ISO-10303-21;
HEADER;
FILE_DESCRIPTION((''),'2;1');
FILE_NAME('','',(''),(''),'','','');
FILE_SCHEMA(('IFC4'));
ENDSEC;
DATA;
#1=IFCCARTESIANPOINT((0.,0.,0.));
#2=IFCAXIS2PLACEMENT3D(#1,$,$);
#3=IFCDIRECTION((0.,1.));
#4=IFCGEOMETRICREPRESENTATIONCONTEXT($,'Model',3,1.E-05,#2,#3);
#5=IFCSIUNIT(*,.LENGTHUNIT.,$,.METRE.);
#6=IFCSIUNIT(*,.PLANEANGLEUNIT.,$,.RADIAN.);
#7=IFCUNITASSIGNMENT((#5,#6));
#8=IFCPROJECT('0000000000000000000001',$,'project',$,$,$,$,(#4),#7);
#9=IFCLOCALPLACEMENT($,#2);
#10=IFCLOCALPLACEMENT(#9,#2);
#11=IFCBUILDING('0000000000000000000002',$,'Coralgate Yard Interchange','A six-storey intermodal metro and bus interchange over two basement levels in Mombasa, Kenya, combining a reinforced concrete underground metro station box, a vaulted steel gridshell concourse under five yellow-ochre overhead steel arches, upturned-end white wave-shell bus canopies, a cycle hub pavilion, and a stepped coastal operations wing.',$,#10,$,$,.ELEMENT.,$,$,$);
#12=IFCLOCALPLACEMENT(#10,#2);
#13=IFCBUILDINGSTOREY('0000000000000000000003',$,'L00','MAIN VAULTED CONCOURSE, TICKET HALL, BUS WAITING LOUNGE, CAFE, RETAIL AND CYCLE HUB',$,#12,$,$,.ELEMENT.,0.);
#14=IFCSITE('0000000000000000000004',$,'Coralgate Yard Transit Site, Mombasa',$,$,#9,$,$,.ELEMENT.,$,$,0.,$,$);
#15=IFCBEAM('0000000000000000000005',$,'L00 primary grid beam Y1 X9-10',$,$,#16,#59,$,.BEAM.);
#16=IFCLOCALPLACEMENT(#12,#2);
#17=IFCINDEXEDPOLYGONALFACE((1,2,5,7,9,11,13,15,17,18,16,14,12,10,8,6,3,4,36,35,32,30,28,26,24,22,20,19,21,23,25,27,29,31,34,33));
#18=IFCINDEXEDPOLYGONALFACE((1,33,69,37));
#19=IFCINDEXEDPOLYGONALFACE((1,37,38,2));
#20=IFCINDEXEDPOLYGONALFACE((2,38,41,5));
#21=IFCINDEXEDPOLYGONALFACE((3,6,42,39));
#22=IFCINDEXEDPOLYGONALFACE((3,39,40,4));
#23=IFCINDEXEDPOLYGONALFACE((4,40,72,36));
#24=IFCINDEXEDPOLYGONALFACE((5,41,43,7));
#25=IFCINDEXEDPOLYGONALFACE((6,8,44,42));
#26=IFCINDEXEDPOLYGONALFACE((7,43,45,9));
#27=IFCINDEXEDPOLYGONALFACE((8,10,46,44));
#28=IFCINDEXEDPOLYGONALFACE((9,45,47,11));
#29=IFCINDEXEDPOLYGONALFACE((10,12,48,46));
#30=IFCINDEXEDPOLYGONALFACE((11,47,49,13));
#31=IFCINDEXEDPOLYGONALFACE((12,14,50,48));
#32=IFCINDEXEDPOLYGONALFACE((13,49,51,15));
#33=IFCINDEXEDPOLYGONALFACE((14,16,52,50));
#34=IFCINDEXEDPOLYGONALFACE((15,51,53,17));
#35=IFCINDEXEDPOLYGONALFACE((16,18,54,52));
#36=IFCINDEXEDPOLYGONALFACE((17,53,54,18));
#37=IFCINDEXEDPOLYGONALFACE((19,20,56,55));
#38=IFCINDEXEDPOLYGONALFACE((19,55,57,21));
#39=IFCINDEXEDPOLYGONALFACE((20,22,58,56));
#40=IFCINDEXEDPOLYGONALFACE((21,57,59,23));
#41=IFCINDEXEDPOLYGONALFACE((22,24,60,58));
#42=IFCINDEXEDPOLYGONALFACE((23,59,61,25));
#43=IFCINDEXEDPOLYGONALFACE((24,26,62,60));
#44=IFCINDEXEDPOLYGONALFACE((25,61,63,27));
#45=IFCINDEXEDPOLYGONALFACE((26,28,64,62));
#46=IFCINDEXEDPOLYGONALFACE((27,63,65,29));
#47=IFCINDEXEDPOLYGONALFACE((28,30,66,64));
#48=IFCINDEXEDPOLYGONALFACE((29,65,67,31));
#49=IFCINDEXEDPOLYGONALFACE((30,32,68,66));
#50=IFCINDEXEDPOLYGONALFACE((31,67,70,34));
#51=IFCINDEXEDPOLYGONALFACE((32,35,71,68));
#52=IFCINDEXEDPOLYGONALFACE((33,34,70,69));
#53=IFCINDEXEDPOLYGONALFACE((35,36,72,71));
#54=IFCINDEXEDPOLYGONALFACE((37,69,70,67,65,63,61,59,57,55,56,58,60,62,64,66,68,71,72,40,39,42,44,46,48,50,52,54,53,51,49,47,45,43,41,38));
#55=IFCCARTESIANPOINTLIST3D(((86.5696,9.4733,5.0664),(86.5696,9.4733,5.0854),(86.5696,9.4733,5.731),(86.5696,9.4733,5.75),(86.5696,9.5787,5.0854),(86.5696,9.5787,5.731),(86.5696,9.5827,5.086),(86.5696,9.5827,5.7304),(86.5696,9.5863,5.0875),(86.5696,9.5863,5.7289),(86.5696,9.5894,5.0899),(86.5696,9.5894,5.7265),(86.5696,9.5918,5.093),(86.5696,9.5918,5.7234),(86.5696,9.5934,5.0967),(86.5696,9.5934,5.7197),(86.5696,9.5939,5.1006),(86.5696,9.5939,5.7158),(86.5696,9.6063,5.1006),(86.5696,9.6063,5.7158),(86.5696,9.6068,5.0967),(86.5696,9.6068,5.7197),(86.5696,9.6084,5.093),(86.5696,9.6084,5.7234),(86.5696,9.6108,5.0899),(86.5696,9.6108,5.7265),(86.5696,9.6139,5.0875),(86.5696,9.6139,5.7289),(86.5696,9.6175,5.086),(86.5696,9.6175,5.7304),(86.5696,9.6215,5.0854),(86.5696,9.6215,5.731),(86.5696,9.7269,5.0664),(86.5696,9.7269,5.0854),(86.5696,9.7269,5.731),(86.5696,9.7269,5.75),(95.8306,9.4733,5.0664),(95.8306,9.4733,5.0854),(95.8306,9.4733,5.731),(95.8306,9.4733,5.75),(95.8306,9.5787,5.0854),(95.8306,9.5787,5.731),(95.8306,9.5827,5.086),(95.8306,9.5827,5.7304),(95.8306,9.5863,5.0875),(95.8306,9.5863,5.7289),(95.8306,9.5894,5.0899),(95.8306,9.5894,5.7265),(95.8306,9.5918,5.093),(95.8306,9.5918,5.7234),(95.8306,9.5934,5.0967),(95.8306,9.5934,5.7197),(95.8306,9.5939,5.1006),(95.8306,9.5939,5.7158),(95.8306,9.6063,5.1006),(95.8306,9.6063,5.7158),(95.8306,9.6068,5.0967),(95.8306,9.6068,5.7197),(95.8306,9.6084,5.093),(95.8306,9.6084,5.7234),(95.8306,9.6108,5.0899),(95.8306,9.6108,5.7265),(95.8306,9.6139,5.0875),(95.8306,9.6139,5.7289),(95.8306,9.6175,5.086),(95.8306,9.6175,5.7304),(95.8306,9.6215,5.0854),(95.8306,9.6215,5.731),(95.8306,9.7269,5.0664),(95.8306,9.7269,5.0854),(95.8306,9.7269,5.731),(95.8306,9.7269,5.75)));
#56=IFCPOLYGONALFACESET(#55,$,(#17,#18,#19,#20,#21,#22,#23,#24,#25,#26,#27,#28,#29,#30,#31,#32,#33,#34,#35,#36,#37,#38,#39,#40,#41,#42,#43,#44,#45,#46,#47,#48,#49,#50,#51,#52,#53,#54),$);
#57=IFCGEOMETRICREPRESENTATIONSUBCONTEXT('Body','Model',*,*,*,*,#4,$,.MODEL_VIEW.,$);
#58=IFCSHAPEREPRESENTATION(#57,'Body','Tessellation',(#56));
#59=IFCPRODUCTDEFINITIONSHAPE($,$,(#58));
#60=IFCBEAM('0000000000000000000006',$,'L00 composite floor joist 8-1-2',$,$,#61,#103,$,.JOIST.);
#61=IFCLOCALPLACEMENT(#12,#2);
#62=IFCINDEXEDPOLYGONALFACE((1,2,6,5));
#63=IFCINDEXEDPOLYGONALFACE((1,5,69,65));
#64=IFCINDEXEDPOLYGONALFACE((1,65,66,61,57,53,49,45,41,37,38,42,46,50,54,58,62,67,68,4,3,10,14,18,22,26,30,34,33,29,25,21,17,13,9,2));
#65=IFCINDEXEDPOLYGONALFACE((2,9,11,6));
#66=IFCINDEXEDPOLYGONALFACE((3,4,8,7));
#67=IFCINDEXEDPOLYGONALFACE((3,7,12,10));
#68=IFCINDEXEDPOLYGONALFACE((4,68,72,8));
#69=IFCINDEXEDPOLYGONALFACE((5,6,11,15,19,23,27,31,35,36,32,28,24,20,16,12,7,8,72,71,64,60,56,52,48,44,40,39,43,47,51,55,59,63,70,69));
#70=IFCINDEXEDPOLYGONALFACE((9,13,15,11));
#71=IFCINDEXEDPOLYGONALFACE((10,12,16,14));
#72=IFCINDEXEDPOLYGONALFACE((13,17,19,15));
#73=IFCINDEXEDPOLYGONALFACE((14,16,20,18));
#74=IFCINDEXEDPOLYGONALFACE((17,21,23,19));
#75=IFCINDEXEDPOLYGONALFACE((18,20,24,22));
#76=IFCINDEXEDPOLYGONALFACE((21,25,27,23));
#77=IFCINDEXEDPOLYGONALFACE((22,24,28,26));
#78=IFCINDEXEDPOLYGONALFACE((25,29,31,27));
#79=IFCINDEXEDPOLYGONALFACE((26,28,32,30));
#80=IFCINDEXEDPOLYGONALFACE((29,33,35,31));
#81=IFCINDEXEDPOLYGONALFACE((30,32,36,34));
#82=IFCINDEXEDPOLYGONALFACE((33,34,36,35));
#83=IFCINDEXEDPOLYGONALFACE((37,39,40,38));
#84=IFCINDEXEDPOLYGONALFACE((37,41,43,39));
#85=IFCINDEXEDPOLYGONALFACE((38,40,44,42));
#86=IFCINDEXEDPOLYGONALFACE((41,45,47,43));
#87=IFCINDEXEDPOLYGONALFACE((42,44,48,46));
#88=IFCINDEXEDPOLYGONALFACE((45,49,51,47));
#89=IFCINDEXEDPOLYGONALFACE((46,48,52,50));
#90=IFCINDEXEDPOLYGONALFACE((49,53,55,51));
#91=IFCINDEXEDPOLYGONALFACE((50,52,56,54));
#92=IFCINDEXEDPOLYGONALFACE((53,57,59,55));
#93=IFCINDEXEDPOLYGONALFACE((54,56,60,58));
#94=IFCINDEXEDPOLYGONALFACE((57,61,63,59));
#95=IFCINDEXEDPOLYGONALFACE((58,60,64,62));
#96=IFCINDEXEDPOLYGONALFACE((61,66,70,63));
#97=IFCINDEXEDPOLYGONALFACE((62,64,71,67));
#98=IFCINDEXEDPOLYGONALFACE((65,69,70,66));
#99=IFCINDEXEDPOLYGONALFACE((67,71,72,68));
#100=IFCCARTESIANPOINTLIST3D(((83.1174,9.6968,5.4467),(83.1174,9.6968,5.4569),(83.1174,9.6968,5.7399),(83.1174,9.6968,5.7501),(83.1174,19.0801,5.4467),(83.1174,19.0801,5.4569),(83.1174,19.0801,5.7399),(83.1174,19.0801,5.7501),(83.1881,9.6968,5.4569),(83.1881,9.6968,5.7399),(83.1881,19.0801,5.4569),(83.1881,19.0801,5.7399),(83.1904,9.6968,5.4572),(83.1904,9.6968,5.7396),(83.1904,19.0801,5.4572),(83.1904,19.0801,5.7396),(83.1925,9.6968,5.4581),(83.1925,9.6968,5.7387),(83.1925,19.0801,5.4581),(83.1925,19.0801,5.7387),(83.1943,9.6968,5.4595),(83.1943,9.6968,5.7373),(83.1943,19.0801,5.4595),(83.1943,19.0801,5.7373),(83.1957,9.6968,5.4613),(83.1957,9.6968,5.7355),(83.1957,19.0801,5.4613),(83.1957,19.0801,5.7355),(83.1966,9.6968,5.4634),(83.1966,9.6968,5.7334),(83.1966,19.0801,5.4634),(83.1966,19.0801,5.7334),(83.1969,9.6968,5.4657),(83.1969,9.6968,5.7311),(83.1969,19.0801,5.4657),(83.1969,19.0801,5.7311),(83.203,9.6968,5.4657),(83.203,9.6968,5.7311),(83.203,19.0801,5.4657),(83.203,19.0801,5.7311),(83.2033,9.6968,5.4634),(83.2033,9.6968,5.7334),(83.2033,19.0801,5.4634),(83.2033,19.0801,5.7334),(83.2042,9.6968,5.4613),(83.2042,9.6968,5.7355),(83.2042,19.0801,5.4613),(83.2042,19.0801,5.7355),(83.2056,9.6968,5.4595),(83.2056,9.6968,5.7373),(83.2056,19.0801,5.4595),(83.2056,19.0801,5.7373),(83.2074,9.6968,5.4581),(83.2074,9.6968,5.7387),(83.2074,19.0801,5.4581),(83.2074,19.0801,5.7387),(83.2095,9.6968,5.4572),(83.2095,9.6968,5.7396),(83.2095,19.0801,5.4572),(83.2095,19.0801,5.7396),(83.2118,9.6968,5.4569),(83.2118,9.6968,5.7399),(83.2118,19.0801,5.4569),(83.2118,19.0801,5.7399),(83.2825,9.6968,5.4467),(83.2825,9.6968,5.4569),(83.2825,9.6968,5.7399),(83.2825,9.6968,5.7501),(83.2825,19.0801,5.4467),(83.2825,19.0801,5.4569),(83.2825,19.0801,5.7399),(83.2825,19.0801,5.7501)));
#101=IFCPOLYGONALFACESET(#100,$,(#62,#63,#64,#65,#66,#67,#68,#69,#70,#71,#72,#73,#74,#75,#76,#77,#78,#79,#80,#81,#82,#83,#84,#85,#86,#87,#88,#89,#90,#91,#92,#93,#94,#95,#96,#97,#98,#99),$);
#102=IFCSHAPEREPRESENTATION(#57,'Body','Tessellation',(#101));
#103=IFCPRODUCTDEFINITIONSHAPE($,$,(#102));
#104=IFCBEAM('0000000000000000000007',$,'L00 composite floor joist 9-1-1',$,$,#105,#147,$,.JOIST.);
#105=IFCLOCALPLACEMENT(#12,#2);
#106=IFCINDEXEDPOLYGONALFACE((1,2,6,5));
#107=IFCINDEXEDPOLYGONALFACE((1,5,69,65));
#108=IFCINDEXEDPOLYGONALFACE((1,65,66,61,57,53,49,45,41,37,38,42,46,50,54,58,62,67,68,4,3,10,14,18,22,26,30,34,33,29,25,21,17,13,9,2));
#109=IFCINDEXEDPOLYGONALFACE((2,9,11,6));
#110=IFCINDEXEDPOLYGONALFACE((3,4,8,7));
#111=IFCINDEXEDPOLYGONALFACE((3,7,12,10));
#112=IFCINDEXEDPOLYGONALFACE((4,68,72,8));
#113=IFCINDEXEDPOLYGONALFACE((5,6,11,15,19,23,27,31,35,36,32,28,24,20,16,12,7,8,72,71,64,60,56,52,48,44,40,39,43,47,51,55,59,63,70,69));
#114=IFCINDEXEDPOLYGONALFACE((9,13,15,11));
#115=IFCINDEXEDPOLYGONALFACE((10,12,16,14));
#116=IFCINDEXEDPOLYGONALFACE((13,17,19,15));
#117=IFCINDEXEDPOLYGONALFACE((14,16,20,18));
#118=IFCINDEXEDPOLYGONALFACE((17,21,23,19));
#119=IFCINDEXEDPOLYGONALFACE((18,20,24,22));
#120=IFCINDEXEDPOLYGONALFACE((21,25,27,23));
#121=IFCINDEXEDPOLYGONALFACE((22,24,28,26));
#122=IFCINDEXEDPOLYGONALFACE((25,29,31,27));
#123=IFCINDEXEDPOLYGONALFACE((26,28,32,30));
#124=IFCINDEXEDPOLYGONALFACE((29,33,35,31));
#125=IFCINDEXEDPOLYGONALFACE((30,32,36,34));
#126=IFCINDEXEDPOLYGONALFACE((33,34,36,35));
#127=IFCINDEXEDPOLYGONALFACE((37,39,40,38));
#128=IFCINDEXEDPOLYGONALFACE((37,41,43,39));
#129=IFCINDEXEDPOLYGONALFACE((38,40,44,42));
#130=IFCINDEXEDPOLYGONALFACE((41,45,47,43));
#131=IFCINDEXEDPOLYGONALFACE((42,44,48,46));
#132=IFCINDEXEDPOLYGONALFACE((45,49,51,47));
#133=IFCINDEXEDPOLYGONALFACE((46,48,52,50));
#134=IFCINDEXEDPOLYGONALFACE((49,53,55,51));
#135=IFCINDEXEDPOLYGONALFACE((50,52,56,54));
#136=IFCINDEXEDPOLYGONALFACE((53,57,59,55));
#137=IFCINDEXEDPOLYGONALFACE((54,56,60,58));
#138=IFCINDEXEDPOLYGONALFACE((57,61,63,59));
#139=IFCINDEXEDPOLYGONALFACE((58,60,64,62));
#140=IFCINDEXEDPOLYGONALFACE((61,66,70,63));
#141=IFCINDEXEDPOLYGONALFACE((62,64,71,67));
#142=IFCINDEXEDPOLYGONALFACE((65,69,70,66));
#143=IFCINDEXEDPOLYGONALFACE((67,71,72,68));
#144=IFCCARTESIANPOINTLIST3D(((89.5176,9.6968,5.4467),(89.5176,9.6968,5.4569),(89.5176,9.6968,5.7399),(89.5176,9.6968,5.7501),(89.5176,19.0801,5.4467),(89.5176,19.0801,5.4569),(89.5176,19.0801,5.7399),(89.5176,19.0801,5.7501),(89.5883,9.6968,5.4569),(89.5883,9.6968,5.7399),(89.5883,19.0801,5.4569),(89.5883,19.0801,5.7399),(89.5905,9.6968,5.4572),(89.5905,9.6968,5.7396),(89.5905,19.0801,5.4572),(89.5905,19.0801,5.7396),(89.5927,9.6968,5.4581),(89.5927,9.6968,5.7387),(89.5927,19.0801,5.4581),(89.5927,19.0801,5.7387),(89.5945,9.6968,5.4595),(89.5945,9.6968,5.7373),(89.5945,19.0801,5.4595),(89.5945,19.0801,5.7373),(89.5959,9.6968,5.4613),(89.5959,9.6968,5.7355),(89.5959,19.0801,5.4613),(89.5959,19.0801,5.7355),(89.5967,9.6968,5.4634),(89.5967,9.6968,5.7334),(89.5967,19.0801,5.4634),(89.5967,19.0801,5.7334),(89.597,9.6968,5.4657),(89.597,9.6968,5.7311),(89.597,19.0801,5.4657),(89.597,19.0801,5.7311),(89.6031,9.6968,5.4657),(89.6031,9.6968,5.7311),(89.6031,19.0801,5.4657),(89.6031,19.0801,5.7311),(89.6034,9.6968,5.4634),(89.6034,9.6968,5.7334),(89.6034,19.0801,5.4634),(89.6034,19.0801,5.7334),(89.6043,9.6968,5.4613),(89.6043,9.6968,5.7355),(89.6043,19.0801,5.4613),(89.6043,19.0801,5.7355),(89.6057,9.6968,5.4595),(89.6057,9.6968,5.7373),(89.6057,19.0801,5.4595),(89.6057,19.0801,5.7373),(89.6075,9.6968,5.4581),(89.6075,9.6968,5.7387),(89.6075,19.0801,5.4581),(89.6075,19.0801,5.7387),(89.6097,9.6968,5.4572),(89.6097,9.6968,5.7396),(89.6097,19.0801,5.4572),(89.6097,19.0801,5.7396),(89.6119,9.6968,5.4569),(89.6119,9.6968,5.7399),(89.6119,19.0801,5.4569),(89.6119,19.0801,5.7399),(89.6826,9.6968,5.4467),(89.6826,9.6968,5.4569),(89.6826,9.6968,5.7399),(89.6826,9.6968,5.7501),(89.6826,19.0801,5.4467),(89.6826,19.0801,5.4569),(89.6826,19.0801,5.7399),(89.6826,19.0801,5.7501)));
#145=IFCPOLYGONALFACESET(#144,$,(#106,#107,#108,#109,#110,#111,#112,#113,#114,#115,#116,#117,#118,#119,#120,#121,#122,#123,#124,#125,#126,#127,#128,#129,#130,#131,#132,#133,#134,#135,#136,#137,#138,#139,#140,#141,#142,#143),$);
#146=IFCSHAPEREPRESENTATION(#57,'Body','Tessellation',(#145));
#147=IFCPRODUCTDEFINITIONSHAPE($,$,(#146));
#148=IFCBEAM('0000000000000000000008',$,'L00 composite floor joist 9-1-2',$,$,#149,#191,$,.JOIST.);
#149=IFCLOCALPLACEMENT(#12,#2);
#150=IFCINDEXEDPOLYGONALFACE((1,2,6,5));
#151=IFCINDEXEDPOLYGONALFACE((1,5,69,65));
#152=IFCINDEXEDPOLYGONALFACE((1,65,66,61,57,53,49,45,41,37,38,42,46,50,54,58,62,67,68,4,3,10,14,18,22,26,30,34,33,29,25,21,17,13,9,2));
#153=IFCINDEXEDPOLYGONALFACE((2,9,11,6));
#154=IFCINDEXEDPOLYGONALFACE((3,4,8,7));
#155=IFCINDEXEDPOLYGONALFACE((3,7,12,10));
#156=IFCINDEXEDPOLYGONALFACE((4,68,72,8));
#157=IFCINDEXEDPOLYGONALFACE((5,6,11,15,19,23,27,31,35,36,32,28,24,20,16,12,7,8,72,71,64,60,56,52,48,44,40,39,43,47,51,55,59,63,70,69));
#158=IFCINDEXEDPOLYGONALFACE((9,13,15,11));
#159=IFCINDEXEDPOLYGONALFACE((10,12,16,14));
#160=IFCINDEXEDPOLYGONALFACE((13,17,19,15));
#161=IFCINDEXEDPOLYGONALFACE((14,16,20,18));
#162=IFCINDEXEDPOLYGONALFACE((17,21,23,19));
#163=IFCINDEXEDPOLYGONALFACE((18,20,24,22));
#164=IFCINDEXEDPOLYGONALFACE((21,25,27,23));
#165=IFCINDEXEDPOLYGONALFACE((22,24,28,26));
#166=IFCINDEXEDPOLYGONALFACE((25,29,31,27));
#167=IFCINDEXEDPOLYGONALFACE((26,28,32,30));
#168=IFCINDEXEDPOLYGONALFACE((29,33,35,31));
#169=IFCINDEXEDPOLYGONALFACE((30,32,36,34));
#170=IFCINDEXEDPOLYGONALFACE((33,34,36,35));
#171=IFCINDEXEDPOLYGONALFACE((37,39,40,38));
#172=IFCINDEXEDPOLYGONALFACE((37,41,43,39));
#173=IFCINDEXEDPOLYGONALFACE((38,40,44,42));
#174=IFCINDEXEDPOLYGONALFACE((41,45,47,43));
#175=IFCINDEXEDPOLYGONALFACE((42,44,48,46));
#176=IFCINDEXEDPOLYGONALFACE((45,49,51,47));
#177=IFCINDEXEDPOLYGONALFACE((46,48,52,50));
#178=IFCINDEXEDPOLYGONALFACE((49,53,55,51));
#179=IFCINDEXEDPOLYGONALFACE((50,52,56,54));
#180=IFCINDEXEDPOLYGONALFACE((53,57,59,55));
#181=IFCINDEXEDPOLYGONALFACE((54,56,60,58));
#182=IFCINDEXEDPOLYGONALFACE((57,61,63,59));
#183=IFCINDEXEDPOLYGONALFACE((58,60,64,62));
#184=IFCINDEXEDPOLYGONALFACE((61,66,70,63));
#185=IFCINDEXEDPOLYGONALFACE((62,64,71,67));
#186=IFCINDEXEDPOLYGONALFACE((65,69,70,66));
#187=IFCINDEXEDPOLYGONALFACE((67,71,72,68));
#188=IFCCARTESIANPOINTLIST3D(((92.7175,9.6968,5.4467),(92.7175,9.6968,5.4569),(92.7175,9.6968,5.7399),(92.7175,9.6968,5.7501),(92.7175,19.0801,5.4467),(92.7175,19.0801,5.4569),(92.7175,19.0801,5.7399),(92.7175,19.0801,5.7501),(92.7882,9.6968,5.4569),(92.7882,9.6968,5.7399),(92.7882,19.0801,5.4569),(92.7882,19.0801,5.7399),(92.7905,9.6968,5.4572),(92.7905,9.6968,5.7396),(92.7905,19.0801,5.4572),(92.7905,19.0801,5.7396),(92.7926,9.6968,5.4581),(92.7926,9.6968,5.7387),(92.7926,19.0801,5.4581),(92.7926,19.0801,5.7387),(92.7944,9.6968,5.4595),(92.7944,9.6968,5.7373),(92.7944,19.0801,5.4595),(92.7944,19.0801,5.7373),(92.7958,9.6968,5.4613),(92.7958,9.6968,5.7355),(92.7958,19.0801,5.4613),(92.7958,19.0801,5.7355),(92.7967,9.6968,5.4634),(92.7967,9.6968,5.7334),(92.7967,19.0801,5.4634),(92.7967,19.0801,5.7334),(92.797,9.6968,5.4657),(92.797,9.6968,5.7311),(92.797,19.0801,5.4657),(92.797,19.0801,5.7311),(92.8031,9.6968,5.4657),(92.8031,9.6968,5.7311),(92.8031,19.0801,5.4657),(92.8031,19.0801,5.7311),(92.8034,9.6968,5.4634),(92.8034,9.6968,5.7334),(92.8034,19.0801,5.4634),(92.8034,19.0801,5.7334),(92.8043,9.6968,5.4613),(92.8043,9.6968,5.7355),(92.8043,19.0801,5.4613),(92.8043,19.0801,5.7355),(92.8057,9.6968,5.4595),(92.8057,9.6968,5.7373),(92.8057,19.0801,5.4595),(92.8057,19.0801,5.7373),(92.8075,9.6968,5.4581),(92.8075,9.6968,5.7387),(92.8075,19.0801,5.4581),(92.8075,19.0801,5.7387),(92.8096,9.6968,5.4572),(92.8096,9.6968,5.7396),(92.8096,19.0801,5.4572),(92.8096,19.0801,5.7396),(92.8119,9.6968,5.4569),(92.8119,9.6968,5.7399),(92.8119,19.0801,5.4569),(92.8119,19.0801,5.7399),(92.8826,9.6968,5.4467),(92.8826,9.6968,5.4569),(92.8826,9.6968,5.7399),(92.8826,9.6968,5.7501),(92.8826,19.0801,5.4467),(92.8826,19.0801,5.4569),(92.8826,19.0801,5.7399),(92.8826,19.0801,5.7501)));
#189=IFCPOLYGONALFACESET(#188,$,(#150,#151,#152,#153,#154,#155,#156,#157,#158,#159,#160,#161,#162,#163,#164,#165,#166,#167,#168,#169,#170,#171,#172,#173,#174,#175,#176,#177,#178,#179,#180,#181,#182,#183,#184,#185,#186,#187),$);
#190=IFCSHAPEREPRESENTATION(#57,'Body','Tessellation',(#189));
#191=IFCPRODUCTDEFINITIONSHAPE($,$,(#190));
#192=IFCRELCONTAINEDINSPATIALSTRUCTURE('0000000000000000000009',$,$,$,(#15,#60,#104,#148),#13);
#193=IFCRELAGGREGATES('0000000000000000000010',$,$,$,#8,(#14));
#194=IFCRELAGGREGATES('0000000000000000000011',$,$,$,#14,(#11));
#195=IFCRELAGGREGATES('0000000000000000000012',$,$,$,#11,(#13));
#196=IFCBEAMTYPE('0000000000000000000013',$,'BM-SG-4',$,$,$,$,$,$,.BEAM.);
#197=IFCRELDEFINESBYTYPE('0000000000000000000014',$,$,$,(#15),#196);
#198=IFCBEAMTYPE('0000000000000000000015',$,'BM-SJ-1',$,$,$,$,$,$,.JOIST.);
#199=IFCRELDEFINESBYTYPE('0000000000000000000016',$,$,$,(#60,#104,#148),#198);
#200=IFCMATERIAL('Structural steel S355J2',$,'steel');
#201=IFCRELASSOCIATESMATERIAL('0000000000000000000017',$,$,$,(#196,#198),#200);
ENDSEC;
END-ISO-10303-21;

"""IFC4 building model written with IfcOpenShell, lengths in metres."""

from ifc_helpers import new_model, si_unit, direction, frame, origin, origin_2d, place, context, subcontext, project, spatial, i_section, extrude, material, material_profile, profile_set, type_object, element, save


model = new_model("IFC4")

# Units and contexts
model_context = context("Model", 3, precision=1e-05, world=origin(), true_north=direction((0.0, 1.0)))
body_context = subcontext(model_context, "Body", "Model", "MODEL_VIEW")
ifc_project = project(units=[si_unit("LENGTHUNIT", "METRE"), si_unit("PLANEANGLEUNIT", "RADIAN")], contexts=[model_context])

# Site, building, storey
site_placement = place(None, origin())
site = spatial("IfcSite", under=ifc_project, at=site_placement, Name="Coralgate Yard Transit Site, Mombasa", CompositionType="ELEMENT", RefElevation=0.0)
building_placement = place(site_placement, origin())
building = spatial("IfcBuilding", under=site, at=building_placement, Name="Coralgate Yard Interchange", Description="A six-storey intermodal metro and bus interchange over two basement levels in Mombasa, Kenya, combining a reinforced concrete underground metro station box, a vaulted steel gridshell concourse under five yellow-ochre overhead steel arches, upturned-end white wave-shell bus canopies, a cycle hub pavilion, and a stepped coastal operations wing.", CompositionType="ELEMENT")
storey_placement = place(building_placement, origin())
storey = spatial("IfcBuildingStorey", under=building, at=storey_placement, Name="L00", Description="MAIN VAULTED CONCOURSE, TICKET HALL, BUS WAITING LOUNGE, CAFE, RETAIL AND CYCLE HUB", CompositionType="ELEMENT", Elevation=0.0)

# Shared definitions
ifc_material_1 = material(Name="Structural steel S355J2", Category="steel")

# Beams
ifc_material_profile_1 = material_profile(ifc_material_1, i_section(OverallWidth=0.2537, OverallDepth=0.6836, WebThickness=0.0125, FlangeThickness=0.019, FilletRadius=0.0151, at=origin_2d()), Name="UB 686x254x140")
ifc_profile_set_1 = profile_set([ifc_material_profile_1], Name="Structural steel S355J2")
beam_type_1 = type_object("IfcBeamType", Name="BM-SG-4", PredefinedType="BEAM", material=ifc_profile_set_1)
beam_1_placement = place(storey_placement, frame((86.5696, 9.6001, 5.4082), z_axis=(1.0, 0.0, 0.0), x_axis=(0.0, 1.0, 0.0)))
element("IfcBeam", 1, at=beam_1_placement, inside=storey, type_object=beam_type_1, Name="L00 primary grid beam Y1 X9-10", PredefinedType="BEAM", context=body_context, shape_type="SweptSolid", body=[
    extrude(i_section(OverallWidth=0.2537, OverallDepth=0.6836, WebThickness=0.0125, FlangeThickness=0.019, FilletRadius=0.0151, at=origin_2d()), origin(), (0.0, 0.0, 1.0), 9.261),
])
ifc_material_profile_2 = material_profile(ifc_material_1, i_section(OverallWidth=0.165, OverallDepth=0.3035, WebThickness=0.0061, FlangeThickness=0.0103, FilletRadius=0.0088, at=origin_2d()), Name="UB 305x165x40")
ifc_profile_set_2 = profile_set([ifc_material_profile_2], Name="Structural steel S355J2")
beam_type_2 = type_object("IfcBeamType", Name="BM-SJ-1", PredefinedType="JOIST", material=ifc_profile_set_2)
for number, where, z_axis, x_axis, name in (
    (2, (83.2, 9.6968, 5.5984), (0.0, 1.0, 0.0), (-1.0, 0.0, 0.0), "L00 composite floor joist 8-1-2"),
    (3, (89.6001, 9.6968, 5.5984), (0.0, 1.0, 0.0), (-1.0, 0.0, 0.0), "L00 composite floor joist 9-1-1"),
    (4, (92.8, 9.6968, 5.5984), (0.0, 1.0, 0.0), (-1.0, 0.0, 0.0), "L00 composite floor joist 9-1-2"),
):
    element("IfcBeam", number, at=place(storey_placement, frame(where, z_axis=z_axis, x_axis=x_axis)), inside=storey, type_object=beam_type_2, Name=name, PredefinedType="JOIST", context=body_context, shape_type="SweptSolid", body=[
        extrude(i_section(OverallWidth=0.165, OverallDepth=0.3035, WebThickness=0.0061, FlangeThickness=0.0103, FilletRadius=0.0088, at=origin_2d()), origin(), (0.0, 0.0, 1.0), 9.3833),
    ])

save(model, "model.ifc")
